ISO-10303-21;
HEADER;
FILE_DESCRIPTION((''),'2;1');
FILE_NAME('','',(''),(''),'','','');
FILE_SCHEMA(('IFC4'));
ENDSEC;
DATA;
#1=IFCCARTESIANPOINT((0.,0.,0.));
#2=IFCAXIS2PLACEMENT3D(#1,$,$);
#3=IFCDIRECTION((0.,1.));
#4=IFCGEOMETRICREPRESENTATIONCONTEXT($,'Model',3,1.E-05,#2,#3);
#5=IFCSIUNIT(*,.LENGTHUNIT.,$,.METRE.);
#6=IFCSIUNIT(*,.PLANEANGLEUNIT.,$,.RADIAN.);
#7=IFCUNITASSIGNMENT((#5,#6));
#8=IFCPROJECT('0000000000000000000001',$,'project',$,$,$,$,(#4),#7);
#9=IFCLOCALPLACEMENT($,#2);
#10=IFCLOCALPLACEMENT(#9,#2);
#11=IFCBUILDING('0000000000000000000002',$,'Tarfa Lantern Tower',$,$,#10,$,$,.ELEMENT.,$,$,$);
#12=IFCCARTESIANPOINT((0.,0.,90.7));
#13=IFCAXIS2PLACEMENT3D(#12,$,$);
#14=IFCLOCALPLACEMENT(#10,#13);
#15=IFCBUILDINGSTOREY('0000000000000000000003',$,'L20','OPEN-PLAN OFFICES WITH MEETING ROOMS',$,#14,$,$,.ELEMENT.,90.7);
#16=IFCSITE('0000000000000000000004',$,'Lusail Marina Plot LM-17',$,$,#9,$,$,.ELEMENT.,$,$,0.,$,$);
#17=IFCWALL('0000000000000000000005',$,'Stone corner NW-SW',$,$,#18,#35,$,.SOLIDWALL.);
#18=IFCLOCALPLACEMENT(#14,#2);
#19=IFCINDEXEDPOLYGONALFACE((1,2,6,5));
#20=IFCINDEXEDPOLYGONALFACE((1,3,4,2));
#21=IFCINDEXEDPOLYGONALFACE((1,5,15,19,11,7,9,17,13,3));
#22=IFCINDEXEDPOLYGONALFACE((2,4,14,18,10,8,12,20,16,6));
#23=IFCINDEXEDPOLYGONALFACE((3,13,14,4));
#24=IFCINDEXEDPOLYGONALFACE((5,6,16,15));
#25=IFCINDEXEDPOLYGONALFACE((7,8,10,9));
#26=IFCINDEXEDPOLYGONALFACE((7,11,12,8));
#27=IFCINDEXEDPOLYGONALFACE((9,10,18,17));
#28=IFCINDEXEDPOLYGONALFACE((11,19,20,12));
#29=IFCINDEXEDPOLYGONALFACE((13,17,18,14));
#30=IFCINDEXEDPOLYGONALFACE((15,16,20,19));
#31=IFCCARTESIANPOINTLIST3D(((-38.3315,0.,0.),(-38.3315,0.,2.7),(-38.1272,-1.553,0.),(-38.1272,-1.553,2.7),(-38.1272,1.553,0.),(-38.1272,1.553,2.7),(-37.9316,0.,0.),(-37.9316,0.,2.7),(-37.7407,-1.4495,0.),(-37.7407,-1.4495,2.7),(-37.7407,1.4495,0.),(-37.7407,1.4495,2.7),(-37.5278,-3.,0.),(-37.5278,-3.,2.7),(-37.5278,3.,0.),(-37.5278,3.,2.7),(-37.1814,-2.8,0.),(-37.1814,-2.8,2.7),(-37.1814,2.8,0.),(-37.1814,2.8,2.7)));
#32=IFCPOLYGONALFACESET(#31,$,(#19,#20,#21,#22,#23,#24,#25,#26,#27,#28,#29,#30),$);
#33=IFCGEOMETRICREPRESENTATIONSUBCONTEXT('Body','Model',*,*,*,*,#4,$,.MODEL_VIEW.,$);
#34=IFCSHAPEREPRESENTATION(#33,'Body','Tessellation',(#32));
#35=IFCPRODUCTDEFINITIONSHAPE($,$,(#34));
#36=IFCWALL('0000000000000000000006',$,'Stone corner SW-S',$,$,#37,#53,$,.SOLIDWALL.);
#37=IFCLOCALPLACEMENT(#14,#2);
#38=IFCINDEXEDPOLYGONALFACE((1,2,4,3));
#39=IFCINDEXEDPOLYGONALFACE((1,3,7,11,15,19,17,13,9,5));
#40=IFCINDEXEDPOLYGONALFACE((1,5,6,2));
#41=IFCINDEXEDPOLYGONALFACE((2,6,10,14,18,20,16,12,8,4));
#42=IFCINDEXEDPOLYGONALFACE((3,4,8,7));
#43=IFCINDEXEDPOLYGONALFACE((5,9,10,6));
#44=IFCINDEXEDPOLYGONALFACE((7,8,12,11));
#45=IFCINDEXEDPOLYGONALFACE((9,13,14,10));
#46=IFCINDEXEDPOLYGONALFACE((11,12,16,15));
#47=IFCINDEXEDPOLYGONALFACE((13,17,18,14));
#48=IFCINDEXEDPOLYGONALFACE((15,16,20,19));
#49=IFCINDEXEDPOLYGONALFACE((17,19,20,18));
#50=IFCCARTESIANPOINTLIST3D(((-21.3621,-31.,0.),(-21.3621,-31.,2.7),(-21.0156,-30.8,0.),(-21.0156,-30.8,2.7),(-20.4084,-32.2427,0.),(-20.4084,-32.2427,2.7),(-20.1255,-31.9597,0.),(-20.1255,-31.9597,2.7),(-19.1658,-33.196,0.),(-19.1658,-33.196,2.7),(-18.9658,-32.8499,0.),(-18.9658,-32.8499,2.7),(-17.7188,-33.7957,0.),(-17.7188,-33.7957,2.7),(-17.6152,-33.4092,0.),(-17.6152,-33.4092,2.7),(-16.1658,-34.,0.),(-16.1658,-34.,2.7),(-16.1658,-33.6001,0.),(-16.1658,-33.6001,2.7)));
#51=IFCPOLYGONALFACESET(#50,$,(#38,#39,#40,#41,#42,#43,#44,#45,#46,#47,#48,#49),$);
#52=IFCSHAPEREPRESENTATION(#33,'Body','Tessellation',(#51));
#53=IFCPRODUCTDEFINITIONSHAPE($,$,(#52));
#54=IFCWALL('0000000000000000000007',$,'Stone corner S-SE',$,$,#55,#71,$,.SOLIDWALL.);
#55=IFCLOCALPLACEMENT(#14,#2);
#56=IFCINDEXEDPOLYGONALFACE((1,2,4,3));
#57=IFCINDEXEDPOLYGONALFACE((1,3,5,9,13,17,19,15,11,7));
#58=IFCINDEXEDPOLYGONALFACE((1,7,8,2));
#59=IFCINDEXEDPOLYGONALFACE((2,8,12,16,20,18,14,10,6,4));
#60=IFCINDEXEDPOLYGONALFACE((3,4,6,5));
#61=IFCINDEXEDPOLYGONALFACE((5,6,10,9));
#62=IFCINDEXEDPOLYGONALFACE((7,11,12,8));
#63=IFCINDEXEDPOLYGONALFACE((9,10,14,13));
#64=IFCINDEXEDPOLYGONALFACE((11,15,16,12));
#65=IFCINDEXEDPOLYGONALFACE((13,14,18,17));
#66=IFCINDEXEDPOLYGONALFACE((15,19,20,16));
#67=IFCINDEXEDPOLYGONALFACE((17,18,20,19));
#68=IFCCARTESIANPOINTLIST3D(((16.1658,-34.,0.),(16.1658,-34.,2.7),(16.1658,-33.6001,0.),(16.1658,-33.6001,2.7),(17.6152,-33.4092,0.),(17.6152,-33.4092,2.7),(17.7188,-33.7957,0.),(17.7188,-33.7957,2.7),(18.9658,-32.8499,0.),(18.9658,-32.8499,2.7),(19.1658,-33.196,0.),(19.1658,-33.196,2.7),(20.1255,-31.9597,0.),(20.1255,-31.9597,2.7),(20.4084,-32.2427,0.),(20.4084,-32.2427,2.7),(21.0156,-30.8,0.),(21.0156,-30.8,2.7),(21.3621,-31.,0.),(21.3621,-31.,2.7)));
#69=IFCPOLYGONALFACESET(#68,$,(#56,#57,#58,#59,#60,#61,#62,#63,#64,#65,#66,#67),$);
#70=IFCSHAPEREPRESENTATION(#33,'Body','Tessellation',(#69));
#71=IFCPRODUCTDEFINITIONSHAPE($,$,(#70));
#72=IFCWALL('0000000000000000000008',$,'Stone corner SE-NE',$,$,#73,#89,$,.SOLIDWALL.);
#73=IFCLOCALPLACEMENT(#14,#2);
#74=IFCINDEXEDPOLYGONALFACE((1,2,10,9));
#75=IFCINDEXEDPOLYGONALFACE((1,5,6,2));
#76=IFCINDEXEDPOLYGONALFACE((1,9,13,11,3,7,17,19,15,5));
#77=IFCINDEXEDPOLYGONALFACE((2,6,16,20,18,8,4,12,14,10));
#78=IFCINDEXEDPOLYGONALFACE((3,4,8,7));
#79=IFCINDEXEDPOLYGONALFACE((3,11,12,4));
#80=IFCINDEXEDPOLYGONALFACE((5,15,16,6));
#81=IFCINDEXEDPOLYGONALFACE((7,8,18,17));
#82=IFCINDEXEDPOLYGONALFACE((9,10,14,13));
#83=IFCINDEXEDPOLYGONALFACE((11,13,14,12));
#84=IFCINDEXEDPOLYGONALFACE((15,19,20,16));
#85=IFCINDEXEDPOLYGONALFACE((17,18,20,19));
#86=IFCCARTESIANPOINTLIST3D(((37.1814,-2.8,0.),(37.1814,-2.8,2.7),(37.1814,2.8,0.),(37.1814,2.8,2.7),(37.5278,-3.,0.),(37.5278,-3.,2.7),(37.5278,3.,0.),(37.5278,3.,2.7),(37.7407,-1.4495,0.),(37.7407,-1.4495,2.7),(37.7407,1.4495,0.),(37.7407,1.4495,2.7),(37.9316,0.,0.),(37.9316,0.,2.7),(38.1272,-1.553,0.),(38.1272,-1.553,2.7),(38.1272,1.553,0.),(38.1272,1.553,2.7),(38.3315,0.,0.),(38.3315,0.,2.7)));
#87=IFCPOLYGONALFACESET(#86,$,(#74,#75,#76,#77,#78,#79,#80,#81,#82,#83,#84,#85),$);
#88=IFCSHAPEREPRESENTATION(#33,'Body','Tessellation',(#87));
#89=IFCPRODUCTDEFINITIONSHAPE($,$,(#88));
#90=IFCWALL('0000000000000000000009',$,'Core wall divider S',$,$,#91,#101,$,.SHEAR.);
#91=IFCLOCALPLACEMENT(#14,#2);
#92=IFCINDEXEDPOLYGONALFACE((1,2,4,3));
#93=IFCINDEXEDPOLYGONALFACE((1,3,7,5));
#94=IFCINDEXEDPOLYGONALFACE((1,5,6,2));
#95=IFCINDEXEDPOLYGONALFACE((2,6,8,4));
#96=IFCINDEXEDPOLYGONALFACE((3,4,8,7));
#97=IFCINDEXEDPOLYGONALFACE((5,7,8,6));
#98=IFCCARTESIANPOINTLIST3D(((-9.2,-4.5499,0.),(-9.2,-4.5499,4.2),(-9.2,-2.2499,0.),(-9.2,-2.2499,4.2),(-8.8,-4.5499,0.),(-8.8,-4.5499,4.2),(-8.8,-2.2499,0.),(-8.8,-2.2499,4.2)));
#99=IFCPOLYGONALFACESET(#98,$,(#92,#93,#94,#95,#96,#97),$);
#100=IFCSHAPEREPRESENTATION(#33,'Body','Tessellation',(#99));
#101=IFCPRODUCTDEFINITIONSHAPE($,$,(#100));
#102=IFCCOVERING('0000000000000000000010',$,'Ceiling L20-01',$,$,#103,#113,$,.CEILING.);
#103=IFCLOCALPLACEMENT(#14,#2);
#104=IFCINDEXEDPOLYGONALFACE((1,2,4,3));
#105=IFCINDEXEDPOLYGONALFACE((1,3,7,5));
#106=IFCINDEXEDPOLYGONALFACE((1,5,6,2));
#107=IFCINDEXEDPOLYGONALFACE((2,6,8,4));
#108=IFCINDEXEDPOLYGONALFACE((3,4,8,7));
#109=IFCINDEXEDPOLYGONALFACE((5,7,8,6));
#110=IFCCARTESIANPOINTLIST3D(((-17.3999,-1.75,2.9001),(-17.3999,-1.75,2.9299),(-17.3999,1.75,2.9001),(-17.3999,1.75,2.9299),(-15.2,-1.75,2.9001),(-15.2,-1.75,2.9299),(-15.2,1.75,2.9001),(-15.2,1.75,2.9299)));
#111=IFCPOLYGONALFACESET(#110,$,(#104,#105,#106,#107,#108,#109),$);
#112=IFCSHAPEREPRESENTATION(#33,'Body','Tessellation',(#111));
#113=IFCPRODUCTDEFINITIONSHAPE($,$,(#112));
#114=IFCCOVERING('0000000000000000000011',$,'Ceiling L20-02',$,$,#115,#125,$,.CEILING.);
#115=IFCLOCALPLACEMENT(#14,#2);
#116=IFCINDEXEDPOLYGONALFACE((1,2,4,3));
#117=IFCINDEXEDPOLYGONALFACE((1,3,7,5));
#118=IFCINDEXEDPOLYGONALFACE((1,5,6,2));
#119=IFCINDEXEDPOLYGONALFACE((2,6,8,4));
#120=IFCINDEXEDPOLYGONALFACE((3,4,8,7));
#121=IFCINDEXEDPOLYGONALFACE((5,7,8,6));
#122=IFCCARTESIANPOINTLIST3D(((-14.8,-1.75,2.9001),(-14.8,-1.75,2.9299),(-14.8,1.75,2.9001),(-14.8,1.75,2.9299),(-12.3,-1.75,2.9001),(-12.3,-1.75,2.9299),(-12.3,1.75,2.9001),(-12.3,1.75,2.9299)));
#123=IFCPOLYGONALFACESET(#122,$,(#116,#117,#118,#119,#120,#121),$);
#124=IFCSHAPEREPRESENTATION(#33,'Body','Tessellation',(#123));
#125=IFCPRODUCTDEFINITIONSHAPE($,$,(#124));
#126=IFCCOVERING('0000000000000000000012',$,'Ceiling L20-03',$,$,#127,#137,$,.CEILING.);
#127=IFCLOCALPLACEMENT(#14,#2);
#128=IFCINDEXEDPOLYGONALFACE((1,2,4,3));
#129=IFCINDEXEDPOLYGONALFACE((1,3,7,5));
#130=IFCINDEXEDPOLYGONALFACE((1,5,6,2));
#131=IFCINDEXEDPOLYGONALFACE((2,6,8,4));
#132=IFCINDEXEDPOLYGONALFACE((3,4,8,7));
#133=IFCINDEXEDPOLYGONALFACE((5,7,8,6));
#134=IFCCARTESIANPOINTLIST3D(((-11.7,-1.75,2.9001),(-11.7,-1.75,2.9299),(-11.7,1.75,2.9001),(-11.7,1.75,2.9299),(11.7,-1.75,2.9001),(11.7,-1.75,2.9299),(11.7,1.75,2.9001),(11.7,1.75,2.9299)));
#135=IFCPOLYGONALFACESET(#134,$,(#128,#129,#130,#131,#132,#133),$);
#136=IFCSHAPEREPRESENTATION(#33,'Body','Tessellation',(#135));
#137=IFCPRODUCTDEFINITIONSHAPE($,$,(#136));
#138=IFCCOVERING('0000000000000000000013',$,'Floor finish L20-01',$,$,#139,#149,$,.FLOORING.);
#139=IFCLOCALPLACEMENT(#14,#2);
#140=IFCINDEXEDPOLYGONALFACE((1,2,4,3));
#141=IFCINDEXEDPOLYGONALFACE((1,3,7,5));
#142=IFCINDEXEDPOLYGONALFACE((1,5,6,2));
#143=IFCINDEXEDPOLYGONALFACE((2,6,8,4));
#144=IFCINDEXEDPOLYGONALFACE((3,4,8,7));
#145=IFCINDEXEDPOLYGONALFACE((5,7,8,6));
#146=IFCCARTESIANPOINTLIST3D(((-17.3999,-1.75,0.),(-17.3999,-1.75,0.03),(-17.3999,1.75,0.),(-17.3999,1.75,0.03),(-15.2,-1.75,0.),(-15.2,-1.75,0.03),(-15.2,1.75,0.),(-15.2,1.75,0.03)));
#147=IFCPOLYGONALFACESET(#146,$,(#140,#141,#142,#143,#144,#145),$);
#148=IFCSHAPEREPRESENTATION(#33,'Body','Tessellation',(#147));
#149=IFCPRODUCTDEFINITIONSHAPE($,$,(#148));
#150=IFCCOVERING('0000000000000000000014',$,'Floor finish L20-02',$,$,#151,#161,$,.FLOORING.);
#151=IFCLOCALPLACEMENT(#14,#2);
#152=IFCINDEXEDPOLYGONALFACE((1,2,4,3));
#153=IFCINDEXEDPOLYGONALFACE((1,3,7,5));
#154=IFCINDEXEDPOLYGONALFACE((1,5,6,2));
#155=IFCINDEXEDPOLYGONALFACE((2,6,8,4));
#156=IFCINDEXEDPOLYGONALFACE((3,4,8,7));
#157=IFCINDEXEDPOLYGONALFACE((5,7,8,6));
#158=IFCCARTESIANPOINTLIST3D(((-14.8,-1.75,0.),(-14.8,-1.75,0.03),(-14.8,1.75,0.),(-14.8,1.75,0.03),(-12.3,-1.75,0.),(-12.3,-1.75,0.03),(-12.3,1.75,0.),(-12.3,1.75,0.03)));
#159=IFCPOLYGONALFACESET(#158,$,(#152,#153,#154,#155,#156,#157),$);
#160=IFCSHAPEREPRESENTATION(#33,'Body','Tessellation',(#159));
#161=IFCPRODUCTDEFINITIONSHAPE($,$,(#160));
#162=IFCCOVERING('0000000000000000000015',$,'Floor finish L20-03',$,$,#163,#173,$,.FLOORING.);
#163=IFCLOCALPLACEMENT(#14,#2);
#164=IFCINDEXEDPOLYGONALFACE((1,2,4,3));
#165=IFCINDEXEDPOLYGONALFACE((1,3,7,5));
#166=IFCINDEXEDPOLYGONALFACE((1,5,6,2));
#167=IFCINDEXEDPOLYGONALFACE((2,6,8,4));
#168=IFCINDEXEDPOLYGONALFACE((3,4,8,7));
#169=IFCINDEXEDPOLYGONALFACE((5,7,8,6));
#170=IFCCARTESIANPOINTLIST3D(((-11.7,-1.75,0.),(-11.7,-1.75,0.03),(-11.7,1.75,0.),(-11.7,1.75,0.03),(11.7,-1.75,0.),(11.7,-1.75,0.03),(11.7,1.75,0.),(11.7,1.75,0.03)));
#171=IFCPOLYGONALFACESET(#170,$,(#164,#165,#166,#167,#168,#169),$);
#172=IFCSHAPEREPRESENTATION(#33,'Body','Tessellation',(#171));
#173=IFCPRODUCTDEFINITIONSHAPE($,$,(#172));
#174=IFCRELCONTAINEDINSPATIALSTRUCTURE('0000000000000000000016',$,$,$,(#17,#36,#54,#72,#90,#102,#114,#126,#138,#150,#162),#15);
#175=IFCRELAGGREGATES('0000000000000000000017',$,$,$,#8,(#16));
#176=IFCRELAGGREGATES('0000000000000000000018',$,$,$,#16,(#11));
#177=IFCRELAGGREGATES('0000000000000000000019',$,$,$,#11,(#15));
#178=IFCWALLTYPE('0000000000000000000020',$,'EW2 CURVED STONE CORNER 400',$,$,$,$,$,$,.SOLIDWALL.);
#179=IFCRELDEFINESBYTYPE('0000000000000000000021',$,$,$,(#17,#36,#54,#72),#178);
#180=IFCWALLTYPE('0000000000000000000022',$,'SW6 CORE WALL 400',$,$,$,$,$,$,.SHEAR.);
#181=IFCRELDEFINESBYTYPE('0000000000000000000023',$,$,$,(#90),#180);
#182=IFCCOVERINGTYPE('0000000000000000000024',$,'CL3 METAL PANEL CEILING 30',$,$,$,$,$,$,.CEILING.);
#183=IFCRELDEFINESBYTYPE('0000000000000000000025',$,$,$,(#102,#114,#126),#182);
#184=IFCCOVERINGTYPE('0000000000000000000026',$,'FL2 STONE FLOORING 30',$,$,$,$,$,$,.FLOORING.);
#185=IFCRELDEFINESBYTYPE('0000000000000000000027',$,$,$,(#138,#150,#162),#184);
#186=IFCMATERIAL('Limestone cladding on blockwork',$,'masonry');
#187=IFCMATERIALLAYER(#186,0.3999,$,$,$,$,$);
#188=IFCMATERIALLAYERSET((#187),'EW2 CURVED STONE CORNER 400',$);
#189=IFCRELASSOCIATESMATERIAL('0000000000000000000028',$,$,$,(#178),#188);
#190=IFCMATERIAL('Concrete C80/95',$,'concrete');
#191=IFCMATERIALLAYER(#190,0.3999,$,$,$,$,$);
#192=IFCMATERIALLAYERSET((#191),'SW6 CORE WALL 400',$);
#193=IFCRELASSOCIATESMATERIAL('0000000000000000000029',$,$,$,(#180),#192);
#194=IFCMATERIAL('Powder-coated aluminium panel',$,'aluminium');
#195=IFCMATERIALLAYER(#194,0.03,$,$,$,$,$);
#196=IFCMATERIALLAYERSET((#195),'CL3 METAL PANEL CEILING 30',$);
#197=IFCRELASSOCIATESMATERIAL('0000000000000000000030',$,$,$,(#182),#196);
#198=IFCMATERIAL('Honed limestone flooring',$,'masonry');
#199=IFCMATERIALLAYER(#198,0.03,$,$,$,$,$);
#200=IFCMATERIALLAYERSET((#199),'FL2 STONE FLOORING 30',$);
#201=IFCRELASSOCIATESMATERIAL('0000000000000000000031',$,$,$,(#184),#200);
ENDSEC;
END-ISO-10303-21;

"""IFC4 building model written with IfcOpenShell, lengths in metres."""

from ifc_helpers import new_model, si_unit, direction, frame, frame_2d, origin, place, context, subcontext, project, spatial, polyline, rectangle, outline, extrude, material, layer, layer_set, type_object, element, save


model = new_model("IFC4")

# Units and contexts
model_context = context("Model", 3, precision=1e-05, world=origin(), true_north=direction((0.0, 1.0)))
body_context = subcontext(model_context, "Body", "Model", "MODEL_VIEW")
ifc_project = project(units=[si_unit("LENGTHUNIT", "METRE"), si_unit("PLANEANGLEUNIT", "RADIAN")], contexts=[model_context])

# Site, building, storey
site_placement = place(None, origin())
site = spatial("IfcSite", under=ifc_project, at=site_placement, Name="Lusail Marina Plot LM-17", CompositionType="ELEMENT", RefElevation=0.0)
building_placement = place(site_placement, origin())
building = spatial("IfcBuilding", under=site, at=building_placement, Name="Tarfa Lantern Tower", CompositionType="ELEMENT")
storey_placement = place(building_placement, frame((0.0, 0.0, 90.7)))
storey = spatial("IfcBuildingStorey", under=building, at=storey_placement, Name="L20", Description="OPEN-PLAN OFFICES WITH MEETING ROOMS", CompositionType="ELEMENT", Elevation=90.7)

# Walls
ifc_material_1 = material(Name="Limestone cladding on blockwork", Category="masonry")
ifc_layer_1 = layer(ifc_material_1, 0.3999)
ifc_layer_set_1 = layer_set([ifc_layer_1], Name="EW2 CURVED STONE CORNER 400")
wall_type_1 = type_object("IfcWallType", Name="EW2 CURVED STONE CORNER 400", PredefinedType="SOLIDWALL", material=ifc_layer_set_1)
wall_1_placement = place(storey_placement, origin())
element("IfcWall", 1, at=wall_1_placement, inside=storey, type_object=wall_type_1, Name="Stone corner NW-SW", PredefinedType="SOLIDWALL", context=body_context, shape_type="SweptSolid", body=[
    extrude(outline(polyline([(-37.5278, 3.0), (-38.1272, 1.553), (-38.3315, 0.0), (-38.1272, -1.553), (-37.5278, -3.0), (-37.1814, -2.8), (-37.7407, -1.4495), (-37.9316, 0.0), (-37.7407, 1.4495), (-37.1814, 2.8), (-37.5278, 3.0)])), origin(), (0.0, 0.0, 1.0), 2.7),
])
wall_2_placement = place(storey_placement, origin())
element("IfcWall", 2, at=wall_2_placement, inside=storey, type_object=wall_type_1, Name="Stone corner SW-S", PredefinedType="SOLIDWALL", context=body_context, shape_type="SweptSolid", body=[
    extrude(outline(polyline([(-21.3621, -31.0), (-20.4084, -32.2427), (-19.1658, -33.196), (-17.7188, -33.7957), (-16.1658, -34.0), (-16.1658, -33.6001), (-17.6152, -33.4092), (-18.9658, -32.8499), (-20.1255, -31.9597), (-21.0156, -30.8), (-21.3621, -31.0)])), origin(), (0.0, 0.0, 1.0), 2.7),
])
wall_3_placement = place(storey_placement, origin())
element("IfcWall", 3, at=wall_3_placement, inside=storey, type_object=wall_type_1, Name="Stone corner S-SE", PredefinedType="SOLIDWALL", context=body_context, shape_type="SweptSolid", body=[
    extrude(outline(polyline([(16.1658, -34.0), (17.7188, -33.7957), (19.1658, -33.196), (20.4084, -32.2427), (21.3621, -31.0), (21.0156, -30.8), (20.1255, -31.9597), (18.9658, -32.8499), (17.6152, -33.4092), (16.1658, -33.6001), (16.1658, -34.0)])), origin(), (0.0, 0.0, 1.0), 2.7),
])
wall_4_placement = place(storey_placement, origin())
element("IfcWall", 4, at=wall_4_placement, inside=storey, type_object=wall_type_1, Name="Stone corner SE-NE", PredefinedType="SOLIDWALL", context=body_context, shape_type="SweptSolid", body=[
    extrude(outline(polyline([(37.5278, -3.0), (38.1272, -1.553), (38.3315, 0.0), (38.1272, 1.553), (37.5278, 3.0), (37.1814, 2.8), (37.7407, 1.4495), (37.9316, 0.0), (37.7407, -1.4495), (37.1814, -2.8), (37.5278, -3.0)])), origin(), (0.0, 0.0, 1.0), 2.7),
])
ifc_material_2 = material(Name="Concrete C80/95", Category="concrete")
ifc_layer_2 = layer(ifc_material_2, 0.3999)
ifc_layer_set_2 = layer_set([ifc_layer_2], Name="SW6 CORE WALL 400")
wall_type_2 = type_object("IfcWallType", Name="SW6 CORE WALL 400", PredefinedType="SHEAR", material=ifc_layer_set_2)
wall_5_placement = place(storey_placement, frame((-9.0, -2.25, 0.0), z_axis=(0.0, 0.0, 1.0), x_axis=(0.0, -1.0, 0.0)))
element("IfcWall", 5, at=wall_5_placement, inside=storey, type_object=wall_type_2, Name="Core wall divider S", PredefinedType="SHEAR", context=body_context, shape_type="SweptSolid", body=[
    extrude(rectangle(XDim=2.3, YDim=0.3999, at=frame_2d((1.1499, 0.0))), origin(), (0.0, 0.0, 1.0), 4.2),
])

# Coverings
ifc_material_3 = material(Name="Powder-coated aluminium panel", Category="aluminium")
ifc_layer_3 = layer(ifc_material_3, 0.03)
ifc_layer_set_3 = layer_set([ifc_layer_3], Name="CL3 METAL PANEL CEILING 30")
covering_type_1 = type_object("IfcCoveringType", Name="CL3 METAL PANEL CEILING 30", PredefinedType="CEILING", material=ifc_layer_set_3)
covering_1_placement = place(storey_placement, frame((0.0, 0.0, 2.9001)))
element("IfcCovering", 6, at=covering_1_placement, inside=storey, type_object=covering_type_1, Name="Ceiling L20-01", PredefinedType="CEILING", context=body_context, shape_type="SweptSolid", body=[
    extrude(outline(polyline([(-17.3999, -1.75), (-15.2, -1.75), (-15.2, 1.75), (-17.3999, 1.75), (-17.3999, -1.75)])), origin(), (0.0, 0.0, 1.0), 0.0298),
])
covering_2_placement = place(storey_placement, frame((0.0, 0.0, 2.9001)))
element("IfcCovering", 7, at=covering_2_placement, inside=storey, type_object=covering_type_1, Name="Ceiling L20-02", PredefinedType="CEILING", context=body_context, shape_type="SweptSolid", body=[
    extrude(outline(polyline([(-14.8, -1.75), (-12.3, -1.75), (-12.3, 1.75), (-14.8, 1.75), (-14.8, -1.75)])), origin(), (0.0, 0.0, 1.0), 0.0298),
])
covering_3_placement = place(storey_placement, frame((0.0, 0.0, 2.9001)))
element("IfcCovering", 8, at=covering_3_placement, inside=storey, type_object=covering_type_1, Name="Ceiling L20-03", PredefinedType="CEILING", context=body_context, shape_type="SweptSolid", body=[
    extrude(outline(polyline([(-11.7, -1.75), (11.7, -1.75), (11.7, 1.75), (-11.7, 1.75), (-11.7, -1.75)])), origin(), (0.0, 0.0, 1.0), 0.0298),
])
ifc_material_4 = material(Name="Honed limestone flooring", Category="masonry")
ifc_layer_4 = layer(ifc_material_4, 0.03)
ifc_layer_set_4 = layer_set([ifc_layer_4], Name="FL2 STONE FLOORING 30")
covering_type_2 = type_object("IfcCoveringType", Name="FL2 STONE FLOORING 30", PredefinedType="FLOORING", material=ifc_layer_set_4)
covering_4_placement = place(storey_placement, origin())
element("IfcCovering", 9, at=covering_4_placement, inside=storey, type_object=covering_type_2, Name="Floor finish L20-01", PredefinedType="FLOORING", context=body_context, shape_type="SweptSolid", body=[
    extrude(outline(polyline([(-17.3999, -1.75), (-15.2, -1.75), (-15.2, 1.75), (-17.3999, 1.75), (-17.3999, -1.75)])), origin(), (0.0, 0.0, 1.0), 0.03),
])
covering_5_placement = place(storey_placement, origin())
element("IfcCovering", 10, at=covering_5_placement, inside=storey, type_object=covering_type_2, Name="Floor finish L20-02", PredefinedType="FLOORING", context=body_context, shape_type="SweptSolid", body=[
    extrude(outline(polyline([(-14.8, -1.75), (-12.3, -1.75), (-12.3, 1.75), (-14.8, 1.75), (-14.8, -1.75)])), origin(), (0.0, 0.0, 1.0), 0.03),
])
covering_6_placement = place(storey_placement, origin())
element("IfcCovering", 11, at=covering_6_placement, inside=storey, type_object=covering_type_2, Name="Floor finish L20-03", PredefinedType="FLOORING", context=body_context, shape_type="SweptSolid", body=[
    extrude(outline(polyline([(-11.7, -1.75), (11.7, -1.75), (11.7, 1.75), (-11.7, 1.75), (-11.7, -1.75)])), origin(), (0.0, 0.0, 1.0), 0.03),
])

save(model, "model.ifc")
